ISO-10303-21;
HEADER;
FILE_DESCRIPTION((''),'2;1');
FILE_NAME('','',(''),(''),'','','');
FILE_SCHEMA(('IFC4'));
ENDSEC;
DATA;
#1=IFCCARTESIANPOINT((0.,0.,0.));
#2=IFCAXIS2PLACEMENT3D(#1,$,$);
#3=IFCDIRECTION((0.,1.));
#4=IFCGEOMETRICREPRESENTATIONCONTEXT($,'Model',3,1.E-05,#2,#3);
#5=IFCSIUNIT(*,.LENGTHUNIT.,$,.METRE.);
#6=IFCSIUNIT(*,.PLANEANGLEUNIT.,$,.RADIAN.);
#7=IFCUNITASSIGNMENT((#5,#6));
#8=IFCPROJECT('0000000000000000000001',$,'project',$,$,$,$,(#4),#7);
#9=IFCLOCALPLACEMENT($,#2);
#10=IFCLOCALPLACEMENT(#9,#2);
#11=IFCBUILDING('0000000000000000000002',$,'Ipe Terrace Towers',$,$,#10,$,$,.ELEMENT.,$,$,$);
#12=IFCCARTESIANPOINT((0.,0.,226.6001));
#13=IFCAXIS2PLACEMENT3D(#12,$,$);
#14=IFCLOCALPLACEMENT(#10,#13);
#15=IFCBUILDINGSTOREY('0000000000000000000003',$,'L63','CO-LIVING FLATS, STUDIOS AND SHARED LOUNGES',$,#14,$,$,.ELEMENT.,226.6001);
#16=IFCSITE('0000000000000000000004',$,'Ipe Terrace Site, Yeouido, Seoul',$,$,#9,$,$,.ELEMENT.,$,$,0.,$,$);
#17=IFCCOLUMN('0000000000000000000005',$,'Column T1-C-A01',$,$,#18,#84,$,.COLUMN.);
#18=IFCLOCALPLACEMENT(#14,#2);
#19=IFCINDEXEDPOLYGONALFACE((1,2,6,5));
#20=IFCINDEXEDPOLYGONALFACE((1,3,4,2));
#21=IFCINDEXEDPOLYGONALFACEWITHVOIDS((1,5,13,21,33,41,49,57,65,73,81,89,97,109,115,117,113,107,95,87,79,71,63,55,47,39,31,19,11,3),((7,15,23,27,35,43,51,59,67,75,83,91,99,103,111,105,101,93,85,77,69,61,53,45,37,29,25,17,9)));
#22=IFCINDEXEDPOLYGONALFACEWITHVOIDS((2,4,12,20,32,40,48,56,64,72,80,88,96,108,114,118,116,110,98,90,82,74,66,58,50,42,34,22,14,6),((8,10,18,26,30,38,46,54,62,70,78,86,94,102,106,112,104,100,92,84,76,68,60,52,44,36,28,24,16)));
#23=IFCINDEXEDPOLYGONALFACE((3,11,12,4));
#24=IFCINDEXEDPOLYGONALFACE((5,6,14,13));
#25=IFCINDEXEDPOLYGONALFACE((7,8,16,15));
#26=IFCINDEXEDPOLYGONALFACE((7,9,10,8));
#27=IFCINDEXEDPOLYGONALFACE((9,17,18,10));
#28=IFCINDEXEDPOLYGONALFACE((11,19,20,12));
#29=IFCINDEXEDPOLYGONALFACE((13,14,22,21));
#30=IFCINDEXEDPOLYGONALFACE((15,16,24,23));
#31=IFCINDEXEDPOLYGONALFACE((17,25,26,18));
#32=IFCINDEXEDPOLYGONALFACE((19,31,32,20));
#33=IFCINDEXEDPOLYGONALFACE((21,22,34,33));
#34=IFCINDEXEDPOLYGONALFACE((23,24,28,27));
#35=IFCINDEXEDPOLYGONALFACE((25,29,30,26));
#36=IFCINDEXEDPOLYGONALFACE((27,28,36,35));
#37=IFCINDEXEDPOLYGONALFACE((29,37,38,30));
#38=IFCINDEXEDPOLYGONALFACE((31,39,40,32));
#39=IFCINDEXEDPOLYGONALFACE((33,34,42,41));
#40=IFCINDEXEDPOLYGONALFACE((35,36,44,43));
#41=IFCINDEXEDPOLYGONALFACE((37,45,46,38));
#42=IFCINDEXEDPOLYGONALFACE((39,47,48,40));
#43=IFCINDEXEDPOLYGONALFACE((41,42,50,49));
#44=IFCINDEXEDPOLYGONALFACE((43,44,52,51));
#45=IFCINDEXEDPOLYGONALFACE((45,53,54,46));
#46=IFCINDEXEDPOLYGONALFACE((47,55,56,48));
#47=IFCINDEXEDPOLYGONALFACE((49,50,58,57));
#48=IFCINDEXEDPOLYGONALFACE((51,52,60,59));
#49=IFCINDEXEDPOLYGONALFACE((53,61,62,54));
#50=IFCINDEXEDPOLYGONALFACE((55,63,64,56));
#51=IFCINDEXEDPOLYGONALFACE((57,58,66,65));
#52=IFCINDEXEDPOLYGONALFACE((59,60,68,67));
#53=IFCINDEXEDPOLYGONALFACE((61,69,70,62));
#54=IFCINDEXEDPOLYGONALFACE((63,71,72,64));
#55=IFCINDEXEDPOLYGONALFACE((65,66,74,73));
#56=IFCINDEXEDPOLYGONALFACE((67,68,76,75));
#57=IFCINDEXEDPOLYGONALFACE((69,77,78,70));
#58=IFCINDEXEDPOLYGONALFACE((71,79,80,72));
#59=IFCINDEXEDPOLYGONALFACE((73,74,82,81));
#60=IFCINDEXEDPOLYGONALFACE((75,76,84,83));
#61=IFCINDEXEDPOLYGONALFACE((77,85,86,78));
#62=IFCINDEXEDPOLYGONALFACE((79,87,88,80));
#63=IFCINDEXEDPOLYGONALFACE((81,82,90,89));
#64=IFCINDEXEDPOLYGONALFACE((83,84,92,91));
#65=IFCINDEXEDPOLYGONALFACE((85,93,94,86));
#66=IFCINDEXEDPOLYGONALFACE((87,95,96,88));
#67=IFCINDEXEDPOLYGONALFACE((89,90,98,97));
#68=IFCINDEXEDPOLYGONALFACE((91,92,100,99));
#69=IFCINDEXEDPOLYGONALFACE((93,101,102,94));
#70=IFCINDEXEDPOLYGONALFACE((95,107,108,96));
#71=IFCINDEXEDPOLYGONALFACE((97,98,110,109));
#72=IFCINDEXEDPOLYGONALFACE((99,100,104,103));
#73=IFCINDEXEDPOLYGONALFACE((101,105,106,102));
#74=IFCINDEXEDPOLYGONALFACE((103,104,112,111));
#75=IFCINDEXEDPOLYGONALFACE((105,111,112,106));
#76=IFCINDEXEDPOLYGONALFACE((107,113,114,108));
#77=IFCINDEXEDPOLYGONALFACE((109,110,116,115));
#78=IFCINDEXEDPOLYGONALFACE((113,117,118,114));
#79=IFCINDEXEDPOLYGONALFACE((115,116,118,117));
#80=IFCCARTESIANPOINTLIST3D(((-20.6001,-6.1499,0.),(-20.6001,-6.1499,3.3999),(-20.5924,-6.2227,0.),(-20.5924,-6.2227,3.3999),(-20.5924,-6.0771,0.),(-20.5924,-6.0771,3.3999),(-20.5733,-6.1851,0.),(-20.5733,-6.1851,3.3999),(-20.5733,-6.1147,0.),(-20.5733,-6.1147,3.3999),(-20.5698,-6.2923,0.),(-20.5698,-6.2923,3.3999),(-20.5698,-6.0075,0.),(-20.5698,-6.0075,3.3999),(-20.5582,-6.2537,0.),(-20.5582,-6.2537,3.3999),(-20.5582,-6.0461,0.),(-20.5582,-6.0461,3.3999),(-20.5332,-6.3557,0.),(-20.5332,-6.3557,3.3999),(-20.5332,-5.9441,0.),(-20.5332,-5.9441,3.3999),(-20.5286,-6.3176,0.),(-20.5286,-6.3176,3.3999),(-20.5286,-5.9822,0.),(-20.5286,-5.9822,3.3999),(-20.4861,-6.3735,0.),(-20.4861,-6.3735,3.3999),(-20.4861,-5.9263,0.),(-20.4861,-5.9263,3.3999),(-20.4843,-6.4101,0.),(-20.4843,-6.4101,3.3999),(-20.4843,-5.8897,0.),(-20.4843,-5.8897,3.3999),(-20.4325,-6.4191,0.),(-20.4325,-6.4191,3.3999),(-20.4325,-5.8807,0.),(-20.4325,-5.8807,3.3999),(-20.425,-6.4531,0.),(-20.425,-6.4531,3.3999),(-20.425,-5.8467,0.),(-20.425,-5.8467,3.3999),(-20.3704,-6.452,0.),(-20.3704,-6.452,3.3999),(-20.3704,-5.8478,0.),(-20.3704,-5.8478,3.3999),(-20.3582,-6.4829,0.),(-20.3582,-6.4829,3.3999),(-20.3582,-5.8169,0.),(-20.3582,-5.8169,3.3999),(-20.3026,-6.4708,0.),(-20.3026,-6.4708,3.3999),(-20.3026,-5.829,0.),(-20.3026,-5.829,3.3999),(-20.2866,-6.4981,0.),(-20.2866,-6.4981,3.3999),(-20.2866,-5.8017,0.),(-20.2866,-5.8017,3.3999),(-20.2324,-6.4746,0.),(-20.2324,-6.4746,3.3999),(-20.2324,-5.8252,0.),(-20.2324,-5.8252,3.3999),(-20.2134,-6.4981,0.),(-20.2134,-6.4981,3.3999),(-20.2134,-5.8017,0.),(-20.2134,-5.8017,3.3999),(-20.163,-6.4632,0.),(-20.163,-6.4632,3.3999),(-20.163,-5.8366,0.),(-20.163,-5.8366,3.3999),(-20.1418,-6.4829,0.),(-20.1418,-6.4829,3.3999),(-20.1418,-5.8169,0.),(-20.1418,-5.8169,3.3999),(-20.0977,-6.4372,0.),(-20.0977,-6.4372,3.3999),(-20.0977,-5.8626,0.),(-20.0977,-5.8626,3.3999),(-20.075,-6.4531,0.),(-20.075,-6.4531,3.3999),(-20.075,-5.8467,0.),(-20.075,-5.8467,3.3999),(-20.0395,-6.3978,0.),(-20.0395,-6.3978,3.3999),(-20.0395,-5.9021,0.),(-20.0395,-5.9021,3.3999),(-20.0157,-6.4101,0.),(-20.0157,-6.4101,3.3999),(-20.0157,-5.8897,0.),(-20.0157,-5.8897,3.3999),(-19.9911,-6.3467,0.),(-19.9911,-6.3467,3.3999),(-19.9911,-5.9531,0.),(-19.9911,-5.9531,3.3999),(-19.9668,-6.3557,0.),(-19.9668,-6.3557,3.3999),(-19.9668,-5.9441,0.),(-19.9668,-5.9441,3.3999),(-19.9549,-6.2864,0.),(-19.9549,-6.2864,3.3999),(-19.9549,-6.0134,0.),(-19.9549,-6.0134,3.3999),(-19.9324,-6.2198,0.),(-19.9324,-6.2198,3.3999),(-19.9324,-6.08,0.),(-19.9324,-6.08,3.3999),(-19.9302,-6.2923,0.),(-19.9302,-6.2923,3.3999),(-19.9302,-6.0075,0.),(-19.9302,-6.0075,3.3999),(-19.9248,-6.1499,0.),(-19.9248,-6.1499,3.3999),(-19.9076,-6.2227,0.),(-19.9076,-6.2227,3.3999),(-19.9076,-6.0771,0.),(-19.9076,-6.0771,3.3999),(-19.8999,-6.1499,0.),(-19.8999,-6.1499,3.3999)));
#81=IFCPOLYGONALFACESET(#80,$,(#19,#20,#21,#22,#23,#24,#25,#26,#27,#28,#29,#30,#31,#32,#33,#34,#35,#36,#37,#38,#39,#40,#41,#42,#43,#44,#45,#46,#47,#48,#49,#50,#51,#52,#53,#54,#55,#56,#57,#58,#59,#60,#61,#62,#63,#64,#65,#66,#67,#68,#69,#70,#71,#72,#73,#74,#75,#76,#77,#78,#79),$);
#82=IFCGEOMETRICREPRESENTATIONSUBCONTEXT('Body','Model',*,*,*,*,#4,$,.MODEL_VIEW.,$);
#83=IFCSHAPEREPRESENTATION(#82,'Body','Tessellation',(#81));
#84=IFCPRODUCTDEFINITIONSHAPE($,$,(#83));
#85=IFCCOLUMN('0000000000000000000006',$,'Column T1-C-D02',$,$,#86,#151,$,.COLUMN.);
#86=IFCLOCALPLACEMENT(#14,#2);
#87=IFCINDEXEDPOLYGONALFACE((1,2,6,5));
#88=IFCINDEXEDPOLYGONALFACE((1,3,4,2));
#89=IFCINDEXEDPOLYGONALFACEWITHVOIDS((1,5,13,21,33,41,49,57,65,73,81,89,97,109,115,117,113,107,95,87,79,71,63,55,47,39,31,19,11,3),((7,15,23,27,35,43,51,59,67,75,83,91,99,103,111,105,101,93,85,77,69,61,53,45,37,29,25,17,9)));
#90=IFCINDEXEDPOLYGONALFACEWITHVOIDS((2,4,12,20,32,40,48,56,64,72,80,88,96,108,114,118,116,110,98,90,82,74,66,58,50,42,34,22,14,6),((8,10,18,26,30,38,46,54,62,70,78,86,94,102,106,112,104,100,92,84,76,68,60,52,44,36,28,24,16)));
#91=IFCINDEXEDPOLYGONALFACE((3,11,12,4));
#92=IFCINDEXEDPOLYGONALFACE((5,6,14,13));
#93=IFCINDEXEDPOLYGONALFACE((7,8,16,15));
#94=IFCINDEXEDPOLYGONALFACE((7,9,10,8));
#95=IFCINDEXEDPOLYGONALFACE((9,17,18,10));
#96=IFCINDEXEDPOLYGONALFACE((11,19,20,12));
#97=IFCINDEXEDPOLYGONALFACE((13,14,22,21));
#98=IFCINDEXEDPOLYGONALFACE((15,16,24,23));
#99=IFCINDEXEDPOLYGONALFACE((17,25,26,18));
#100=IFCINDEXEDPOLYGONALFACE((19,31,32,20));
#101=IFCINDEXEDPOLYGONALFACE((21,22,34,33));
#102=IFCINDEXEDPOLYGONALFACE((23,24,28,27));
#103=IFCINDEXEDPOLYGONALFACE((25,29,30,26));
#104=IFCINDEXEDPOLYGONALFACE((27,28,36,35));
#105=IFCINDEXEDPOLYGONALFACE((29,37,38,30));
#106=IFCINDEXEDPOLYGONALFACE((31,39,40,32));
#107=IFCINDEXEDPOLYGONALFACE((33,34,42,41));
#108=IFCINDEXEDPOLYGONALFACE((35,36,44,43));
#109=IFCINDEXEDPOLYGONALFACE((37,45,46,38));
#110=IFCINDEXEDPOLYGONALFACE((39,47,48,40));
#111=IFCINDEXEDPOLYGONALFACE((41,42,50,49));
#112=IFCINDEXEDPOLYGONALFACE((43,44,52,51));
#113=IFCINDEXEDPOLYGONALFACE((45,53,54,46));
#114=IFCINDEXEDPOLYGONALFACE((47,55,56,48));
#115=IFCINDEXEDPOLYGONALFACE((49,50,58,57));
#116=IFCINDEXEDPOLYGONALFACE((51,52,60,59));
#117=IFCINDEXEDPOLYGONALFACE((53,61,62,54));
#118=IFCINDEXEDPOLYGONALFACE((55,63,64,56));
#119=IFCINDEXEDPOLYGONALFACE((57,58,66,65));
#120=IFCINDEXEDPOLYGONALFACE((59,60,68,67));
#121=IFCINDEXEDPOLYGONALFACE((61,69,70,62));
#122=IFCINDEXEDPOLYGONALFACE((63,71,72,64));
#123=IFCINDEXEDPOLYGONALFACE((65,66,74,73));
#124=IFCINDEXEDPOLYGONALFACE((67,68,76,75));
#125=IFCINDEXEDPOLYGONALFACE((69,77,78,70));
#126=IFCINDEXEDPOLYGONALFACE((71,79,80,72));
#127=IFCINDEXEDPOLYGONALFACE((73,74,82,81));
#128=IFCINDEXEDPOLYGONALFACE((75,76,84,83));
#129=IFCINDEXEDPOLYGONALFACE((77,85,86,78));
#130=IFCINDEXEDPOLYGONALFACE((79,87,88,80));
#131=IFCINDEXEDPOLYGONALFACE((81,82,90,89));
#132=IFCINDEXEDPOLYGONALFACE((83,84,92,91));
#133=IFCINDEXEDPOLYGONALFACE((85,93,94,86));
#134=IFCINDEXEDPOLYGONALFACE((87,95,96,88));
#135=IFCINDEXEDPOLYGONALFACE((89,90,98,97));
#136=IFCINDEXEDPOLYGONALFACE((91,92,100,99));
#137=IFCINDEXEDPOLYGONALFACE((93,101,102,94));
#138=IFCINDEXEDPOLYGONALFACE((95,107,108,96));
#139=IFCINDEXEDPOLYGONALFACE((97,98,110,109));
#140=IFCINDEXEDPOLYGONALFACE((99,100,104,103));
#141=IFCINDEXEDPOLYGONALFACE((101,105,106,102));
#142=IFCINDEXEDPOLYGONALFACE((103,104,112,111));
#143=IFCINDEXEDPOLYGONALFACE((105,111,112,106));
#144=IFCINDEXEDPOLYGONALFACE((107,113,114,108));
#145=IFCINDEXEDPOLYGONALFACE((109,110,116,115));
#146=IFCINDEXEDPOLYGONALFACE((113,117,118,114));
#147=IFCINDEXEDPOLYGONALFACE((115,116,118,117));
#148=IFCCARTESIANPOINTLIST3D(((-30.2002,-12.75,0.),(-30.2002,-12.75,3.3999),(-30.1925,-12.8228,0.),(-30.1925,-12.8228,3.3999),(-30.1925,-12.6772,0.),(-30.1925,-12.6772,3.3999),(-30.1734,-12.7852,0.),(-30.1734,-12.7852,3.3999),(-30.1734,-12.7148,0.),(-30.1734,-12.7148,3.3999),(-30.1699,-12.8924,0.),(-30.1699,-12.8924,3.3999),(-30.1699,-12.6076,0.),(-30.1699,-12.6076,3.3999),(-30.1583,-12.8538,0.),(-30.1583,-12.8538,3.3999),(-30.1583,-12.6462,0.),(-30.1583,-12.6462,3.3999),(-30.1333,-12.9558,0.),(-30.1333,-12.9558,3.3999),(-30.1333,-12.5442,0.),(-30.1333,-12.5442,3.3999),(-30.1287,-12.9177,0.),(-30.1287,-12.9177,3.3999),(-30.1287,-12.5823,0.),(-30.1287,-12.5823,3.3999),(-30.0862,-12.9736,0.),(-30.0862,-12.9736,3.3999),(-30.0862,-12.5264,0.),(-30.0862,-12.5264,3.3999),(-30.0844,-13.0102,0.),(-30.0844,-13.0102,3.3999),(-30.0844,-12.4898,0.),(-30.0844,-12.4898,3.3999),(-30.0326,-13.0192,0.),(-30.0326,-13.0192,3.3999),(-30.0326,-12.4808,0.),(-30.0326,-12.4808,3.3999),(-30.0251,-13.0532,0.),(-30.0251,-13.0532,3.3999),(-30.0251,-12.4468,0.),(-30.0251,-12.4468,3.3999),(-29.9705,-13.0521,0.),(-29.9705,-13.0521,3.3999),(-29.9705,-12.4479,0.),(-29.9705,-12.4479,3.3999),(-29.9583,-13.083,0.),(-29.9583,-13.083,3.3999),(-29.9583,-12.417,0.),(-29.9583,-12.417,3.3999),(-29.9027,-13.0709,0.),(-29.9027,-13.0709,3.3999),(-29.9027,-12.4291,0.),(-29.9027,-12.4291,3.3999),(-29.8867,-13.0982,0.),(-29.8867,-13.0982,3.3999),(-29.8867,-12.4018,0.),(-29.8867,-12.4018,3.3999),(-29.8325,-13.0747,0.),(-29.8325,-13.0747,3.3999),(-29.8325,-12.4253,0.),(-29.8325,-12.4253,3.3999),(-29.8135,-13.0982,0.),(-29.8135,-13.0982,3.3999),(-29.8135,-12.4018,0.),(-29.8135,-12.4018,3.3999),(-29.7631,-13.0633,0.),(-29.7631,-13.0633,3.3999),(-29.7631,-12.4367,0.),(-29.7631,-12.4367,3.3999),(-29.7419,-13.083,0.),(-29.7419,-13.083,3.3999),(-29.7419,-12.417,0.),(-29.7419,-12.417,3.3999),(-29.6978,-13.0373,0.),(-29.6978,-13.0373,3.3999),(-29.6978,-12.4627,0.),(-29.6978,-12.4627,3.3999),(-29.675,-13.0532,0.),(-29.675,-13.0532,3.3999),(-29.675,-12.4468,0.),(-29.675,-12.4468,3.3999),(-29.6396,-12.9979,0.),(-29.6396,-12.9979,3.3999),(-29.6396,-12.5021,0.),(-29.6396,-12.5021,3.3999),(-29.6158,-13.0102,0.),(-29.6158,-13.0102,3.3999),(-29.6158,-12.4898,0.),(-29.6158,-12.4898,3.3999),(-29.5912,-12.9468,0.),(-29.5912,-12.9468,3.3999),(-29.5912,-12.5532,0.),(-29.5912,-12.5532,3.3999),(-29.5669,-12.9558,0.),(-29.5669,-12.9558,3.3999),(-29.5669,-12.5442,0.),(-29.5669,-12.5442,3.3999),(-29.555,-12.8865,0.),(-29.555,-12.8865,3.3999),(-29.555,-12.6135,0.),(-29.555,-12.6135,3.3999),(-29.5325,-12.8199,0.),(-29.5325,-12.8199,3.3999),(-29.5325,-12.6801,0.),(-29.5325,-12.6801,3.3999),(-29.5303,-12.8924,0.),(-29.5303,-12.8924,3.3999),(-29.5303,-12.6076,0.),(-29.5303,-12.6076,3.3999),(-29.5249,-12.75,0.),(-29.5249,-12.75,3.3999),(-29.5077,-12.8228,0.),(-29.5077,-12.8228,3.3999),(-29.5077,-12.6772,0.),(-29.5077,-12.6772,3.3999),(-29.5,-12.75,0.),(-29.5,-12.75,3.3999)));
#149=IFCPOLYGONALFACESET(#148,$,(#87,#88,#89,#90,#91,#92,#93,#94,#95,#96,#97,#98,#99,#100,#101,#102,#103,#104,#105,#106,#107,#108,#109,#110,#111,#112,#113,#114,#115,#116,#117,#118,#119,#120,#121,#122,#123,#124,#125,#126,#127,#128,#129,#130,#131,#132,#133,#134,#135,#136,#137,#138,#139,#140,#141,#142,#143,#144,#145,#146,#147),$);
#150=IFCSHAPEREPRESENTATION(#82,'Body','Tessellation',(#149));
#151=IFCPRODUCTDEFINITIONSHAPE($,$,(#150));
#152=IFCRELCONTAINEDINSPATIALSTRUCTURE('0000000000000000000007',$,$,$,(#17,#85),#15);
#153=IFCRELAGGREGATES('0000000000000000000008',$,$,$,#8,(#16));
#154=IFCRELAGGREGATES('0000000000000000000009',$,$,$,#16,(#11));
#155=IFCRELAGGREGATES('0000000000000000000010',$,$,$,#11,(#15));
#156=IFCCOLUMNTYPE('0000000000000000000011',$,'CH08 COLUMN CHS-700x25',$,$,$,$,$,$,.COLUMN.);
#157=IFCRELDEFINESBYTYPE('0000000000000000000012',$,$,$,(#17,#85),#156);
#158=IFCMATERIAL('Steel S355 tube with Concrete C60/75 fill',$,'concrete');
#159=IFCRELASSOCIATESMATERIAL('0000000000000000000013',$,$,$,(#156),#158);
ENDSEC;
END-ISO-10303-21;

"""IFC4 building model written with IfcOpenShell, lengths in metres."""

from ifc_helpers import new_model, si_unit, direction, frame, origin, origin_2d, place, context, subcontext, project, spatial, hollow_circle, extrude, material, material_profile, profile_set, type_object, element, save


model = new_model("IFC4")

# Units and contexts
model_context = context("Model", 3, precision=1e-05, world=origin(), true_north=direction((0.0, 1.0)))
body_context = subcontext(model_context, "Body", "Model", "MODEL_VIEW")
ifc_project = project(units=[si_unit("LENGTHUNIT", "METRE"), si_unit("PLANEANGLEUNIT", "RADIAN")], contexts=[model_context])

# Site, building, storey
site_placement = place(None, origin())
site = spatial("IfcSite", under=ifc_project, at=site_placement, Name="Ipe Terrace Site, Yeouido, Seoul", CompositionType="ELEMENT", RefElevation=0.0)
building_placement = place(site_placement, origin())
building = spatial("IfcBuilding", under=site, at=building_placement, Name="Ipe Terrace Towers", CompositionType="ELEMENT")
storey_placement = place(building_placement, frame((0.0, 0.0, 226.6001)))
storey = spatial("IfcBuildingStorey", under=building, at=storey_placement, Name="L63", Description="CO-LIVING FLATS, STUDIOS AND SHARED LOUNGES", CompositionType="ELEMENT", Elevation=226.6001)

# Columns
ifc_material_1 = material(Name="Steel S355 tube with Concrete C60/75 fill", Category="concrete")
ifc_material_profile_1 = material_profile(ifc_material_1, hollow_circle(Radius=0.3501, WallThickness=0.0249, at=origin_2d()), Name="CHS-700x25")
ifc_profile_set_1 = profile_set([ifc_material_profile_1], Name="Steel S355 tube with Concrete C60/75 fill")
column_type_1 = type_object("IfcColumnType", Name="CH08 COLUMN CHS-700x25", PredefinedType="COLUMN", material=ifc_profile_set_1)
for number, where, z_axis, x_axis, name in (
    (1, (-20.25, -6.1499, 0.0), (0.0, 0.0, 1.0), (1.0, 0.0, 0.0), "Column T1-C-A01"),
    (2, (-29.8501, -12.75, 0.0), (0.0, 0.0, 1.0), (1.0, 0.0, 0.0), "Column T1-C-D02"),
):
    element("IfcColumn", number, at=place(storey_placement, frame(where, z_axis=z_axis, x_axis=x_axis)), inside=storey, type_object=column_type_1, Name=name, PredefinedType="COLUMN", context=body_context, shape_type="SweptSolid", body=[
        extrude(hollow_circle(Radius=0.3501, WallThickness=0.0249, at=origin_2d()), origin(), (0.0, 0.0, 1.0), 3.3999),
    ])

save(model, "model.ifc")
